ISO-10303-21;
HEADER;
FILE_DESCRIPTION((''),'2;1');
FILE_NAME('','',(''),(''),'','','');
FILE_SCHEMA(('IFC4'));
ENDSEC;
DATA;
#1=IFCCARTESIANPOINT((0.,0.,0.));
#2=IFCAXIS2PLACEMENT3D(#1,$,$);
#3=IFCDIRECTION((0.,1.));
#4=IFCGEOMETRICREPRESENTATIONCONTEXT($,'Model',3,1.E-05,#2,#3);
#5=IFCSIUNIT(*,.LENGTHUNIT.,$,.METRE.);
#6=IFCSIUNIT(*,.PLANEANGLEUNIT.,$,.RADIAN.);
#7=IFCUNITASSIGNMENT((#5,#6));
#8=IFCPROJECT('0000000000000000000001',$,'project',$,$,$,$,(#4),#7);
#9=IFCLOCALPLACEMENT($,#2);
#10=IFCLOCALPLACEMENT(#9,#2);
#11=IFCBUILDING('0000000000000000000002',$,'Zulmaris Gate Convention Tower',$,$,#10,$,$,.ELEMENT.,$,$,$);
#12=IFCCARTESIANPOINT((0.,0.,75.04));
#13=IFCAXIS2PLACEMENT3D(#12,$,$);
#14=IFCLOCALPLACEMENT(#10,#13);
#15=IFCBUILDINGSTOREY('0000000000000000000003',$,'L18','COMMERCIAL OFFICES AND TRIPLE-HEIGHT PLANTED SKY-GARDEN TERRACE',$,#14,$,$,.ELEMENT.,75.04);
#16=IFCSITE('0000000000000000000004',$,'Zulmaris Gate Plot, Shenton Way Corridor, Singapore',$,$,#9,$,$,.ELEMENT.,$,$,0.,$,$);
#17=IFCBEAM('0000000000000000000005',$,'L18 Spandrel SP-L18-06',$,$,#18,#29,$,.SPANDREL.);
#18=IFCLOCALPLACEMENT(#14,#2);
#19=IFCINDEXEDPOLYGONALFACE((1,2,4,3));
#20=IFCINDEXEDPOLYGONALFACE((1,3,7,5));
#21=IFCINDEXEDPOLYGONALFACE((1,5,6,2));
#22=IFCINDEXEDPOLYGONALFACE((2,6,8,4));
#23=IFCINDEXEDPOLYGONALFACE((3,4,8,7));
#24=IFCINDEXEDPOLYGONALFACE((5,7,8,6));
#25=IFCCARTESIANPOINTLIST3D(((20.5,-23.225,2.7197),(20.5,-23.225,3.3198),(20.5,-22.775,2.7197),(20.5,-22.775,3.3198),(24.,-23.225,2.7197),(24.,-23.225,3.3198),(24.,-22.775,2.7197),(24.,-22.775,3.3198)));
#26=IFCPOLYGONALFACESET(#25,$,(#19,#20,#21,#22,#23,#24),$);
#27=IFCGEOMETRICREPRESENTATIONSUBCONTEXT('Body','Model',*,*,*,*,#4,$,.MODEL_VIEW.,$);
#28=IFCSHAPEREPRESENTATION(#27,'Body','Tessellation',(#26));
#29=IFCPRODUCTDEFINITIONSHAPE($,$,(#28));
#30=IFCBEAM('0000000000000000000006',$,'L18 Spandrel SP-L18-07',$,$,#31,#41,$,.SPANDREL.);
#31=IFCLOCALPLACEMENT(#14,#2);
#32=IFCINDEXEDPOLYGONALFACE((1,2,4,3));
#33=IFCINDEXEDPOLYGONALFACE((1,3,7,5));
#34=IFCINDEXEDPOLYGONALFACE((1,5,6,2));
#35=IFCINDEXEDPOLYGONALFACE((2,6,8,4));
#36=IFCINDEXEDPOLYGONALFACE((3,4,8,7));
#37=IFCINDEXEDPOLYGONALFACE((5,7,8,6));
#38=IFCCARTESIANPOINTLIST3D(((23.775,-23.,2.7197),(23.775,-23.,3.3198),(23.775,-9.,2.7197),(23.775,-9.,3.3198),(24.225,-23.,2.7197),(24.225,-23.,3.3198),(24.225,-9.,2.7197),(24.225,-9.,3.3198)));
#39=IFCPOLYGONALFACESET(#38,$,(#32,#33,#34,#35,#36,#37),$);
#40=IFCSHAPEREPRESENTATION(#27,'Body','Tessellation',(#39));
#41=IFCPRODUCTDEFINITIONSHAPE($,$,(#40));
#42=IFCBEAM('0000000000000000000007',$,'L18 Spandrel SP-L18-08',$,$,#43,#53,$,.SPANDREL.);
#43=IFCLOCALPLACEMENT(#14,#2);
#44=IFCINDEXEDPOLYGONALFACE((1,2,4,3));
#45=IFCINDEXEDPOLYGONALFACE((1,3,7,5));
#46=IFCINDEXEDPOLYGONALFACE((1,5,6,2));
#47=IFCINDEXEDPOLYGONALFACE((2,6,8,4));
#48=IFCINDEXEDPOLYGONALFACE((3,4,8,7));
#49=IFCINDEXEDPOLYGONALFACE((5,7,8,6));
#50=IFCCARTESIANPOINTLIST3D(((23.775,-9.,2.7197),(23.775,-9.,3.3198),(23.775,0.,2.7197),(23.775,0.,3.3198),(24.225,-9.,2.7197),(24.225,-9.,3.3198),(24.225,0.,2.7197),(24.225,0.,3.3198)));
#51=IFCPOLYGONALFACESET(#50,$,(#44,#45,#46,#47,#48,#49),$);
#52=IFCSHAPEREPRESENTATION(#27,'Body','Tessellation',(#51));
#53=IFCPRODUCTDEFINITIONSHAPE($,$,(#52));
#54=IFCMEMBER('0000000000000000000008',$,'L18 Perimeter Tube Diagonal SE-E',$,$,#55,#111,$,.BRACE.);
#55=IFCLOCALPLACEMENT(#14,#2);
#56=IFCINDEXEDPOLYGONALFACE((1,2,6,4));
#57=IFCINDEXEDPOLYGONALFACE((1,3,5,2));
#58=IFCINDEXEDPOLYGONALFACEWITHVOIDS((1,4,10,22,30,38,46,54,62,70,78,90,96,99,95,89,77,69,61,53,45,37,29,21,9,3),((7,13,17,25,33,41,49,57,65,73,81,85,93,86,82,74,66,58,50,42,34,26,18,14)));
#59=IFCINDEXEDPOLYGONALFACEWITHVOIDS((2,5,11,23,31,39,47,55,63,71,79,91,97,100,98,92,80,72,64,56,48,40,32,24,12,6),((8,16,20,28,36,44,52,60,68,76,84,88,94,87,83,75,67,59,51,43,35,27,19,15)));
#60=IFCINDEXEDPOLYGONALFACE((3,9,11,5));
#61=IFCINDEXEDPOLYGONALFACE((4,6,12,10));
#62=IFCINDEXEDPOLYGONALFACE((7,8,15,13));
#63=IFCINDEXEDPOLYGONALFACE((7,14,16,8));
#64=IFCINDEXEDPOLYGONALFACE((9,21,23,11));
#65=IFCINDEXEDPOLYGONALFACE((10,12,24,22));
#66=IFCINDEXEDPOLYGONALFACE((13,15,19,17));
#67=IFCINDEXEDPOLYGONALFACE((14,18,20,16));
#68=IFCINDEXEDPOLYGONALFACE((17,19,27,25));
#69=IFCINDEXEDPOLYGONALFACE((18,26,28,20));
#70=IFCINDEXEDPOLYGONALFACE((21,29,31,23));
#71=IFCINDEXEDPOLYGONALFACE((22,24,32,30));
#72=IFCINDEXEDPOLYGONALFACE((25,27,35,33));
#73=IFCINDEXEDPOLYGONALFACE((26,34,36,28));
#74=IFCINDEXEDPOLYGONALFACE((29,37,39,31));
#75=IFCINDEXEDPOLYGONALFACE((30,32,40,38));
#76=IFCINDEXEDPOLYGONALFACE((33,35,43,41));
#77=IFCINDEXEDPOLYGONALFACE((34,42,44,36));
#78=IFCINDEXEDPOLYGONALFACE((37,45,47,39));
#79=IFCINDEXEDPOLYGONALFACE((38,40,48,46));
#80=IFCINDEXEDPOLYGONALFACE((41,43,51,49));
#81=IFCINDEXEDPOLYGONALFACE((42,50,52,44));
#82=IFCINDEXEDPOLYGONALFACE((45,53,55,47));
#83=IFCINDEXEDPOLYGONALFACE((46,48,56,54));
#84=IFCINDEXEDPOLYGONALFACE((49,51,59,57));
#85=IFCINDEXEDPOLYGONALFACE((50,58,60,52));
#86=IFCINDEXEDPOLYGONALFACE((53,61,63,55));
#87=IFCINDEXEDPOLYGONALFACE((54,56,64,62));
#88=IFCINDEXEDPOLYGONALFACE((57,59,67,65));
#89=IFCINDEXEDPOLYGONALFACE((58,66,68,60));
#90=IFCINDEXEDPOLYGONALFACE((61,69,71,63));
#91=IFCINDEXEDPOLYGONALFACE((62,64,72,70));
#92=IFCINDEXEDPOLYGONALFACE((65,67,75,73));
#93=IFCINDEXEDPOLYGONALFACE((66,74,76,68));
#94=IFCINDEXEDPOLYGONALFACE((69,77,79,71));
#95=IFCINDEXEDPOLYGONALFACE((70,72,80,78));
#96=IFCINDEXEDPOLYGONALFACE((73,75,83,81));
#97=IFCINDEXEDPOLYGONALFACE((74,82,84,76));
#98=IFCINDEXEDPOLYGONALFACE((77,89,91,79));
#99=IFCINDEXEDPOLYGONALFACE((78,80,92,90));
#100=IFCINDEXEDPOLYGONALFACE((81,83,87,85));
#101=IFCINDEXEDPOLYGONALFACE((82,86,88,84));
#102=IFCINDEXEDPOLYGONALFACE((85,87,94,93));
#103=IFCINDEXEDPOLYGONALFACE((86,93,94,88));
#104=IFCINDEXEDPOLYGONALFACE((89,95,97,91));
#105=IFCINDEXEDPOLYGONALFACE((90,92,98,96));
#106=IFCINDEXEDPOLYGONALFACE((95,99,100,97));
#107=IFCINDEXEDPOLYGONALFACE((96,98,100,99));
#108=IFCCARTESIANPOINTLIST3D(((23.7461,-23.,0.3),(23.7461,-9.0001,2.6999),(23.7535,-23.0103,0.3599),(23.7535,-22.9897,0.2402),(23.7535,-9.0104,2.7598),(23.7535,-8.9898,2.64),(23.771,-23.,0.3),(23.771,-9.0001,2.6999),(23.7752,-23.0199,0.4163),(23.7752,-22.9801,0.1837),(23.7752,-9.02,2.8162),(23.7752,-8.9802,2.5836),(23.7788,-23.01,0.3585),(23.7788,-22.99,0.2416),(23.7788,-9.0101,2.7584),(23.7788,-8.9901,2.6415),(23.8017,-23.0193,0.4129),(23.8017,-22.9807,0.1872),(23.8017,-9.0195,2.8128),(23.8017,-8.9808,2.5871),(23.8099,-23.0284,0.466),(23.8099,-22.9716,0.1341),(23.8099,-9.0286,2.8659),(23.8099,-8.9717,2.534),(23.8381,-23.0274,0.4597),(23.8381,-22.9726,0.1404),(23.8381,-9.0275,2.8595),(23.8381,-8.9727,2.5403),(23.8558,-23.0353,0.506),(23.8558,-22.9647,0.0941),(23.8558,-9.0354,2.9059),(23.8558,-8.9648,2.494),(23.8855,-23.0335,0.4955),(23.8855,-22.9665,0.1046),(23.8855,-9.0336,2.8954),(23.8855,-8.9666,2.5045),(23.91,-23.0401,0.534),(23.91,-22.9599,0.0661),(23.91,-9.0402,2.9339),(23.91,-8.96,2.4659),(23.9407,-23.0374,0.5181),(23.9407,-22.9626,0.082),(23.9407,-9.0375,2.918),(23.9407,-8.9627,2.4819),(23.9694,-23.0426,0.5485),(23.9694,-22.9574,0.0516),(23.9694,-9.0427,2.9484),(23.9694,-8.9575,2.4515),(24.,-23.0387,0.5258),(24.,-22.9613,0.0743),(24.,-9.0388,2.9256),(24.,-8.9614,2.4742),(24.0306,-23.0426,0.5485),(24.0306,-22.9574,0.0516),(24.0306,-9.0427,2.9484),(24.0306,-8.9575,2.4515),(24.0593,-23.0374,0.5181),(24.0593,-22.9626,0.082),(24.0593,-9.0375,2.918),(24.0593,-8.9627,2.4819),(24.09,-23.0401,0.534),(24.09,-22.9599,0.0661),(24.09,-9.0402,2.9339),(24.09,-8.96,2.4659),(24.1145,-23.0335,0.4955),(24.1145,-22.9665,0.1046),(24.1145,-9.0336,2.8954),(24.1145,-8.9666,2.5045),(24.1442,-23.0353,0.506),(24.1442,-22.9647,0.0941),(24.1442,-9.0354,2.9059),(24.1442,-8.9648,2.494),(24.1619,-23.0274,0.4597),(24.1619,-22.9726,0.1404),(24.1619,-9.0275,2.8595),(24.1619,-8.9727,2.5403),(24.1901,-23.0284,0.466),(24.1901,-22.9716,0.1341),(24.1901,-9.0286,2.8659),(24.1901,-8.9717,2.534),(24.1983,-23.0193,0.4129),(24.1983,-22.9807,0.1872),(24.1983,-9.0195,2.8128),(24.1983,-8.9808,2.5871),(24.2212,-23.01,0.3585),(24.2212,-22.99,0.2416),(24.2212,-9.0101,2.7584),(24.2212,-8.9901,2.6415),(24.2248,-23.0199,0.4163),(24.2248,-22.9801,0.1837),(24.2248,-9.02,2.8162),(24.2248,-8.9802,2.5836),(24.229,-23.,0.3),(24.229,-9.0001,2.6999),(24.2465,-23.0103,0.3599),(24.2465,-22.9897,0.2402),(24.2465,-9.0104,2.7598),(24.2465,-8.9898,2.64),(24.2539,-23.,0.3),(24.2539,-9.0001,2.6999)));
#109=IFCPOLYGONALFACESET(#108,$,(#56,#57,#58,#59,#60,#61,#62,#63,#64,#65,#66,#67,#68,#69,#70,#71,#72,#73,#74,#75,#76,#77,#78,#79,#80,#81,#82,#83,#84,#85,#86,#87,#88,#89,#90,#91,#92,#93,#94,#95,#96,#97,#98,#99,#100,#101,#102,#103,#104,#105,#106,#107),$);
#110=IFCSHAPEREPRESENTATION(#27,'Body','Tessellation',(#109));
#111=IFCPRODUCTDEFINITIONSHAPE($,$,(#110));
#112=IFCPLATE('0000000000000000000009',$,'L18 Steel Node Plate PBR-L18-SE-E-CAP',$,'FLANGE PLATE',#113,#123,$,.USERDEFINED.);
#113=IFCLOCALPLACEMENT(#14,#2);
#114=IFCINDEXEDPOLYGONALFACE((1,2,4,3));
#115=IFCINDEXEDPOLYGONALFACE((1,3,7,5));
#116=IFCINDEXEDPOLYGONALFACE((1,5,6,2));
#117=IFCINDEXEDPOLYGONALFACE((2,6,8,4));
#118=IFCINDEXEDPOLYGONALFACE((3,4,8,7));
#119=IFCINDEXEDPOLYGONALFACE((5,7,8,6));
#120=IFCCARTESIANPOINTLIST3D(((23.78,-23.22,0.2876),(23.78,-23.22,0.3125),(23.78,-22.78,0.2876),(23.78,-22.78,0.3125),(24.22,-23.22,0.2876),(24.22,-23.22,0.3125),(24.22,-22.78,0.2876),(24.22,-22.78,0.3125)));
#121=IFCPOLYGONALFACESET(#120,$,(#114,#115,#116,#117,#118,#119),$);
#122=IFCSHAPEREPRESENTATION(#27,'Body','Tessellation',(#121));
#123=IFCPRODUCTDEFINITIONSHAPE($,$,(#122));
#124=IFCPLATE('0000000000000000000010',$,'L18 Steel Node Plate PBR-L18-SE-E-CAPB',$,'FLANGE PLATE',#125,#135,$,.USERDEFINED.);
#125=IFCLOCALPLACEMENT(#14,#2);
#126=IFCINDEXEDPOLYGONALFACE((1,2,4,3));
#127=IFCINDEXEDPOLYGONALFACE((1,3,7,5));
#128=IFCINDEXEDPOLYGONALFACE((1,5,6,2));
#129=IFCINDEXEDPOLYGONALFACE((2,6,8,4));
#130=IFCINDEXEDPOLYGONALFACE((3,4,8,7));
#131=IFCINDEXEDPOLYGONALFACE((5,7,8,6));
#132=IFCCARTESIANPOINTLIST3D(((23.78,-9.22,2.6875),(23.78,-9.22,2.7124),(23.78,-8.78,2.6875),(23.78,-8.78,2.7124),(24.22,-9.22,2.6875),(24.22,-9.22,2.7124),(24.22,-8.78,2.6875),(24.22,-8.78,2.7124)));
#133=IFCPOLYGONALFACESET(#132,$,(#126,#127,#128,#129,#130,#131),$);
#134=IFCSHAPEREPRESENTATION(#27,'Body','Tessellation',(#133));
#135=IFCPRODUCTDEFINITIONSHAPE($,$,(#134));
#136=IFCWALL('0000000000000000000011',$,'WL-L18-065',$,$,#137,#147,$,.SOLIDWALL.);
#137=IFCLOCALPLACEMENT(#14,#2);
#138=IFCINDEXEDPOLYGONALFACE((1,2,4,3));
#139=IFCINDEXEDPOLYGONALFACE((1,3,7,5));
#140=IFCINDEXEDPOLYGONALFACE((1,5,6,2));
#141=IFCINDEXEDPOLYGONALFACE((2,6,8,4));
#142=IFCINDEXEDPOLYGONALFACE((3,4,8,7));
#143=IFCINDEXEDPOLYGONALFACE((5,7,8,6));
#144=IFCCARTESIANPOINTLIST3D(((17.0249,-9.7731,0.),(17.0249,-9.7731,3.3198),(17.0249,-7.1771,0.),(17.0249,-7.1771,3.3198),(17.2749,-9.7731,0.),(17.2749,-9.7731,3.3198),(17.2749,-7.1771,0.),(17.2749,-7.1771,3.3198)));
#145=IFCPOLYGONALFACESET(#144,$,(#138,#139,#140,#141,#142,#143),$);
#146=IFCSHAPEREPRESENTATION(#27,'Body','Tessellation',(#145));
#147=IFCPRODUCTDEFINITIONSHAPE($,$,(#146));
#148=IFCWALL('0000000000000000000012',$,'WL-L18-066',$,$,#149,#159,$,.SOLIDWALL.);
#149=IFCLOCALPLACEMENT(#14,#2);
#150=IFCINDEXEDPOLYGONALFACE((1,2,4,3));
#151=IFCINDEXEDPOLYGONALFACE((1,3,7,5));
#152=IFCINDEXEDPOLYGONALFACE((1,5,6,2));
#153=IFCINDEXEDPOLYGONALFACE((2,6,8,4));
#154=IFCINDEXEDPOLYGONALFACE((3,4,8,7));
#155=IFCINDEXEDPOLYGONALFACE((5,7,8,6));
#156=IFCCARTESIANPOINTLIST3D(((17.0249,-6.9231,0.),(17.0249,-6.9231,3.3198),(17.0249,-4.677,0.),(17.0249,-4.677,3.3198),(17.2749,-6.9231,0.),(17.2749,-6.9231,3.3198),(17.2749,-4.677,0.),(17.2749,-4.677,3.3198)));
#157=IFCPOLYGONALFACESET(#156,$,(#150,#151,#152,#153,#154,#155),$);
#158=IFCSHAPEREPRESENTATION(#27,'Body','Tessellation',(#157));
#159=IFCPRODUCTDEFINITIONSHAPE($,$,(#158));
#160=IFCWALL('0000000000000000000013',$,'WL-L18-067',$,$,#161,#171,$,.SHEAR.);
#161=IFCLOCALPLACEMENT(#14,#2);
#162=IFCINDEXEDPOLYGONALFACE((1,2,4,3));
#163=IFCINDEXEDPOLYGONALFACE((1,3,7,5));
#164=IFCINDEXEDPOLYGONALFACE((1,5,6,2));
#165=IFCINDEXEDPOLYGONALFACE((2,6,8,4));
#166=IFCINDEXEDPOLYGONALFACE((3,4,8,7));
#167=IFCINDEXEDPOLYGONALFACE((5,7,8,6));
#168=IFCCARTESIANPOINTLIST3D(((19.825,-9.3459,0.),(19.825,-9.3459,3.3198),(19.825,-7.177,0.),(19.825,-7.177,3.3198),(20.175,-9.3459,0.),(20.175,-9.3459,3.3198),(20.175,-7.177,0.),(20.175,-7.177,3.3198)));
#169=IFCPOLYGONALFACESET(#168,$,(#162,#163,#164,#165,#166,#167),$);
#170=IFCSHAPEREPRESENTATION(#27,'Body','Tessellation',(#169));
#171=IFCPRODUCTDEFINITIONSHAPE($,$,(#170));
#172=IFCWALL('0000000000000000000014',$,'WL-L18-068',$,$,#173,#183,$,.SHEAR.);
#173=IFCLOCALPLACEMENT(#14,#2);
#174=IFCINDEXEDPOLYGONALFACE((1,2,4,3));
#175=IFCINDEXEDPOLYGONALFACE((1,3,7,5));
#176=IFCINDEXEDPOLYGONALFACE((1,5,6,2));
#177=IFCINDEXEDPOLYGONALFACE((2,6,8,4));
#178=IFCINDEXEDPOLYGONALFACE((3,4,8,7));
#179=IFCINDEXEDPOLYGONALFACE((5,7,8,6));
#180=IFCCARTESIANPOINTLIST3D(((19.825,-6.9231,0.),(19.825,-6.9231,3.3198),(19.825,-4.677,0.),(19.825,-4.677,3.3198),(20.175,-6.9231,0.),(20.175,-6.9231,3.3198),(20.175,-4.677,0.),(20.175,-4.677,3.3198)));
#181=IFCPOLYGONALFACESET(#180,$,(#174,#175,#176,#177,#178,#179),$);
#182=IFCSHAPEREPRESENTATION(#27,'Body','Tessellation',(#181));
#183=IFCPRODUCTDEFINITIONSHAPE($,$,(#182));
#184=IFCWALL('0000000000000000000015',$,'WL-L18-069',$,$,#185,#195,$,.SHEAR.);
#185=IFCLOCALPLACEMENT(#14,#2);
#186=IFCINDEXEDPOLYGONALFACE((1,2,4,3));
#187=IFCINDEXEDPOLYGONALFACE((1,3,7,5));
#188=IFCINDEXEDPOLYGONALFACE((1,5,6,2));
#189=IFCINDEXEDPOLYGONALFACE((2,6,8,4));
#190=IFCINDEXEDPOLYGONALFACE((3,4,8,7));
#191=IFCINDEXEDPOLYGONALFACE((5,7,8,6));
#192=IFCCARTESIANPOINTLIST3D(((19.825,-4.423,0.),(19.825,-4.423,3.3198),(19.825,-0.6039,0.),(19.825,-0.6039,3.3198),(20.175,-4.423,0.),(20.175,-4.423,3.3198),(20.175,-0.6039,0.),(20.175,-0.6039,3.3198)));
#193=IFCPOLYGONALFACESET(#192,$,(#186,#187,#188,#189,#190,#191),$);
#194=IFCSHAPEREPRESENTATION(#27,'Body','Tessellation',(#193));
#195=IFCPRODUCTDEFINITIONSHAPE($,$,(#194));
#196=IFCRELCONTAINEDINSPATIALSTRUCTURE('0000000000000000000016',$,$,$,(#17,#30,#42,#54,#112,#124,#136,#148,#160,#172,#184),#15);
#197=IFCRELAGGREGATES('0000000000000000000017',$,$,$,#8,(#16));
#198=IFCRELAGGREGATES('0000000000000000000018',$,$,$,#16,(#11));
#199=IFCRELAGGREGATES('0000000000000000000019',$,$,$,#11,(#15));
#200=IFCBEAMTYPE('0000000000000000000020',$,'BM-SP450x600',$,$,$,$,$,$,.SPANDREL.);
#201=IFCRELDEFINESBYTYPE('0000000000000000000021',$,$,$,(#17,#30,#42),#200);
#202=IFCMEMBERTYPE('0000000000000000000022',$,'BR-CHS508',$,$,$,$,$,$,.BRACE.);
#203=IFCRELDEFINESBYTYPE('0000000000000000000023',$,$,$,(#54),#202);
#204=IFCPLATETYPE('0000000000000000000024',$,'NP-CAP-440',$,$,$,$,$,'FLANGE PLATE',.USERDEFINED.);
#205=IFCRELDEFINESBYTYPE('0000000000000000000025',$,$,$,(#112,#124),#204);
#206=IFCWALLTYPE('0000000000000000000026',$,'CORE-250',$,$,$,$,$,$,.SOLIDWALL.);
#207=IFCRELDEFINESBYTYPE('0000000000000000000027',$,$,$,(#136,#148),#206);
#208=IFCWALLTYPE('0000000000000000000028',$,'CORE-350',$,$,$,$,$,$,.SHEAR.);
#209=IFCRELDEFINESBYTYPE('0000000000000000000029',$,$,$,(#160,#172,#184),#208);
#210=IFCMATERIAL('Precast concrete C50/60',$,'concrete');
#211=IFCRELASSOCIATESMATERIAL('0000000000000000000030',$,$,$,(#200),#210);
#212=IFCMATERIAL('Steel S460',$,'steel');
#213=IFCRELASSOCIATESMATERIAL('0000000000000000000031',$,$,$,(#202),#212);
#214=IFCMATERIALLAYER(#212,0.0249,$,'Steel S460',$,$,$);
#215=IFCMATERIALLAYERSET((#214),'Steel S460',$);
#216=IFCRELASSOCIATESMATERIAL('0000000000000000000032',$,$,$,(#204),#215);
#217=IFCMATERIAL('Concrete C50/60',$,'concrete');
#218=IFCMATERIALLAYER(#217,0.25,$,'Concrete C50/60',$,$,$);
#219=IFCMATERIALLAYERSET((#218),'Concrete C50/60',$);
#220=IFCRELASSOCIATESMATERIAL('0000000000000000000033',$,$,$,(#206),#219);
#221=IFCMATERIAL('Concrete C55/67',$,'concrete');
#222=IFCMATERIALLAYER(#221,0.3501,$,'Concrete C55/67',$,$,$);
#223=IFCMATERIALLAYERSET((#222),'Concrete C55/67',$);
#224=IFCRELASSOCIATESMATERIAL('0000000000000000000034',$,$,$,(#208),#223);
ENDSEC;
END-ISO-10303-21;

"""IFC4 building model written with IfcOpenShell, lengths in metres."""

from ifc_helpers import new_model, si_unit, direction, frame, frame_2d, origin, origin_2d, place, context, subcontext, project, spatial, rectangle, hollow_circle, extrude, material, layer, layer_set, material_profile, profile_set, type_object, element, save


model = new_model("IFC4")

# Units and contexts
model_context = context("Model", 3, precision=1e-05, world=origin(), true_north=direction((0.0, 1.0)))
body_context = subcontext(model_context, "Body", "Model", "MODEL_VIEW")
ifc_project = project(units=[si_unit("LENGTHUNIT", "METRE"), si_unit("PLANEANGLEUNIT", "RADIAN")], contexts=[model_context])

# Site, building, storey
site_placement = place(None, origin())
site = spatial("IfcSite", under=ifc_project, at=site_placement, Name="Zulmaris Gate Plot, Shenton Way Corridor, Singapore", CompositionType="ELEMENT", RefElevation=0.0)
building_placement = place(site_placement, origin())
building = spatial("IfcBuilding", under=site, at=building_placement, Name="Zulmaris Gate Convention Tower", CompositionType="ELEMENT")
storey_placement = place(building_placement, frame((0.0, 0.0, 75.04)))
storey = spatial("IfcBuildingStorey", under=building, at=storey_placement, Name="L18", Description="COMMERCIAL OFFICES AND TRIPLE-HEIGHT PLANTED SKY-GARDEN TERRACE", CompositionType="ELEMENT", Elevation=75.04)

# Beams
ifc_material_1 = material(Name="Precast concrete C50/60", Category="concrete")
ifc_material_profile_1 = material_profile(ifc_material_1, rectangle(XDim=0.45, YDim=0.6001, at=origin_2d()), Name="RC SPANDREL 450x600")
ifc_profile_set_1 = profile_set([ifc_material_profile_1], Name="Precast concrete C50/60")
beam_type_1 = type_object("IfcBeamType", Name="BM-SP450x600", PredefinedType="SPANDREL", material=ifc_profile_set_1)
beam_1_placement = place(storey_placement, frame((20.5, -23.0, 3.0198), z_axis=(1.0, 0.0, 0.0), x_axis=(0.0, 1.0, 0.0)))
element("IfcBeam", 1, at=beam_1_placement, inside=storey, type_object=beam_type_1, Name="L18 Spandrel SP-L18-06", PredefinedType="SPANDREL", context=body_context, shape_type="SweptSolid", body=[
    extrude(rectangle(XDim=0.45, YDim=0.6001, at=origin_2d()), origin(), (0.0, 0.0, 1.0), 3.5),
])
beam_2_placement = place(storey_placement, frame((24.0, -23.0, 3.0198), z_axis=(0.0, 1.0, 0.0), x_axis=(-1.0, 0.0, 0.0)))
element("IfcBeam", 2, at=beam_2_placement, inside=storey, type_object=beam_type_1, Name="L18 Spandrel SP-L18-07", PredefinedType="SPANDREL", context=body_context, shape_type="SweptSolid", body=[
    extrude(rectangle(XDim=0.45, YDim=0.6001, at=origin_2d()), origin(), (0.0, 0.0, 1.0), 14.0),
])
beam_3_placement = place(storey_placement, frame((24.0, -9.0, 3.0198), z_axis=(0.0, 1.0, 0.0), x_axis=(-1.0, 0.0, 0.0)))
element("IfcBeam", 3, at=beam_3_placement, inside=storey, type_object=beam_type_1, Name="L18 Spandrel SP-L18-08", PredefinedType="SPANDREL", context=body_context, shape_type="SweptSolid", body=[
    extrude(rectangle(XDim=0.45, YDim=0.6001, at=origin_2d()), origin(), (0.0, 0.0, 1.0), 9.0),
])

# Member
ifc_material_2 = material(Name="Steel S460", Category="steel")
ifc_material_profile_2 = material_profile(ifc_material_2, hollow_circle(Radius=0.2539, WallThickness=0.0249, at=origin_2d()), Name="CHS 508x25")
ifc_profile_set_2 = profile_set([ifc_material_profile_2], Name="Steel S460")
member_type = type_object("IfcMemberType", Name="BR-CHS508", PredefinedType="BRACE", material=ifc_profile_set_2)
member_placement = place(storey_placement, frame((24.0, -23.0, 0.3), z_axis=(0.0, 0.985623, 0.168957), x_axis=(-1.0, 0.0, 0.0)))
element("IfcMember", 4, at=member_placement, inside=storey, type_object=member_type, Name="L18 Perimeter Tube Diagonal SE-E", PredefinedType="BRACE", context=body_context, shape_type="SweptSolid", body=[
    extrude(hollow_circle(Radius=0.2539, WallThickness=0.0249, at=origin_2d()), origin(), (0.0, 0.0, 1.0), 14.2041),
])

# Plates
ifc_layer_1 = layer(ifc_material_2, 0.0249, Name="Steel S460")
ifc_layer_set_1 = layer_set([ifc_layer_1], Name="Steel S460")
plate_type = type_object("IfcPlateType", Name="NP-CAP-440", ElementType="FLANGE PLATE", PredefinedType="USERDEFINED", material=ifc_layer_set_1)
for number, where, z_axis, x_axis, name in (
    (5, (24.0, -23.0, 0.2876), (0.0, 0.0, 1.0), (1.0, 0.0, 0.0), "L18 Steel Node Plate PBR-L18-SE-E-CAP"),
    (6, (24.0, -9.0, 2.6875), (0.0, 0.0, 1.0), (1.0, 0.0, 0.0), "L18 Steel Node Plate PBR-L18-SE-E-CAPB"),
):
    element("IfcPlate", number, at=place(storey_placement, frame(where, z_axis=z_axis, x_axis=x_axis)), inside=storey, type_object=plate_type, Name=name, ObjectType="FLANGE PLATE", PredefinedType="USERDEFINED", context=body_context, shape_type="SweptSolid", body=[
        extrude(rectangle(XDim=0.4399, YDim=0.4399, at=origin_2d()), origin(), (0.0, 0.0, 1.0), 0.0249),
    ])

# Walls
ifc_material_3 = material(Name="Concrete C50/60", Category="concrete")
ifc_layer_2 = layer(ifc_material_3, 0.25, Name="Concrete C50/60")
ifc_layer_set_2 = layer_set([ifc_layer_2], Name="Concrete C50/60")
wall_type_1 = type_object("IfcWallType", Name="CORE-250", PredefinedType="SOLIDWALL", material=ifc_layer_set_2)
wall_1_placement = place(storey_placement, frame((17.1499, -9.7729, 0.0), z_axis=(0.0, 0.0, 1.0), x_axis=(0.0, 1.0, 0.0)))
element("IfcWall", 7, at=wall_1_placement, inside=storey, type_object=wall_type_1, Name="WL-L18-065", PredefinedType="SOLIDWALL", context=body_context, shape_type="SweptSolid", body=[
    extrude(rectangle(XDim=2.5959, YDim=0.25, at=frame_2d((1.2979, 0.0))), origin(), (0.0, 0.0, 1.0), 3.3198),
])
wall_2_placement = place(storey_placement, frame((17.1499, -6.9231, 0.0), z_axis=(0.0, 0.0, 1.0), x_axis=(0.0, 1.0, 0.0)))
element("IfcWall", 8, at=wall_2_placement, inside=storey, type_object=wall_type_1, Name="WL-L18-066", PredefinedType="SOLIDWALL", context=body_context, shape_type="SweptSolid", body=[
    extrude(rectangle(XDim=2.2461, YDim=0.25, at=frame_2d((1.123, 0.0))), origin(), (0.0, 0.0, 1.0), 3.3198),
])
ifc_material_4 = material(Name="Concrete C55/67", Category="concrete")
ifc_layer_3 = layer(ifc_material_4, 0.3501, Name="Concrete C55/67")
ifc_layer_set_3 = layer_set([ifc_layer_3], Name="Concrete C55/67")
wall_type_2 = type_object("IfcWallType", Name="CORE-350", PredefinedType="SHEAR", material=ifc_layer_set_3)
wall_3_placement = place(storey_placement, frame((20.0, -9.3459, 0.0), z_axis=(0.0, 0.0, 1.0), x_axis=(0.0, 1.0, 0.0)))
element("IfcWall", 9, at=wall_3_placement, inside=storey, type_object=wall_type_2, Name="WL-L18-067", PredefinedType="SHEAR", context=body_context, shape_type="SweptSolid", body=[
    extrude(rectangle(XDim=2.1689, YDim=0.3501, at=frame_2d((1.0845, 0.0))), origin(), (0.0, 0.0, 1.0), 3.3198),
])
wall_4_placement = place(storey_placement, frame((20.0, -6.9231, 0.0), z_axis=(0.0, 0.0, 1.0), x_axis=(0.0, 1.0, 0.0)))
element("IfcWall", 10, at=wall_4_placement, inside=storey, type_object=wall_type_2, Name="WL-L18-068", PredefinedType="SHEAR", context=body_context, shape_type="SweptSolid", body=[
    extrude(rectangle(XDim=2.2461, YDim=0.3501, at=frame_2d((1.123, 0.0))), origin(), (0.0, 0.0, 1.0), 3.3198),
])
wall_5_placement = place(storey_placement, frame((20.0, -4.4231, 0.0), z_axis=(0.0, 0.0, 1.0), x_axis=(0.0, 1.0, 0.0)))
element("IfcWall", 11, at=wall_5_placement, inside=storey, type_object=wall_type_2, Name="WL-L18-069", PredefinedType="SHEAR", context=body_context, shape_type="SweptSolid", body=[
    extrude(rectangle(XDim=3.8191, YDim=0.3501, at=frame_2d((1.9097, 0.0))), origin(), (0.0, 0.0, 1.0), 3.3198),
])

save(model, "model.ifc")
